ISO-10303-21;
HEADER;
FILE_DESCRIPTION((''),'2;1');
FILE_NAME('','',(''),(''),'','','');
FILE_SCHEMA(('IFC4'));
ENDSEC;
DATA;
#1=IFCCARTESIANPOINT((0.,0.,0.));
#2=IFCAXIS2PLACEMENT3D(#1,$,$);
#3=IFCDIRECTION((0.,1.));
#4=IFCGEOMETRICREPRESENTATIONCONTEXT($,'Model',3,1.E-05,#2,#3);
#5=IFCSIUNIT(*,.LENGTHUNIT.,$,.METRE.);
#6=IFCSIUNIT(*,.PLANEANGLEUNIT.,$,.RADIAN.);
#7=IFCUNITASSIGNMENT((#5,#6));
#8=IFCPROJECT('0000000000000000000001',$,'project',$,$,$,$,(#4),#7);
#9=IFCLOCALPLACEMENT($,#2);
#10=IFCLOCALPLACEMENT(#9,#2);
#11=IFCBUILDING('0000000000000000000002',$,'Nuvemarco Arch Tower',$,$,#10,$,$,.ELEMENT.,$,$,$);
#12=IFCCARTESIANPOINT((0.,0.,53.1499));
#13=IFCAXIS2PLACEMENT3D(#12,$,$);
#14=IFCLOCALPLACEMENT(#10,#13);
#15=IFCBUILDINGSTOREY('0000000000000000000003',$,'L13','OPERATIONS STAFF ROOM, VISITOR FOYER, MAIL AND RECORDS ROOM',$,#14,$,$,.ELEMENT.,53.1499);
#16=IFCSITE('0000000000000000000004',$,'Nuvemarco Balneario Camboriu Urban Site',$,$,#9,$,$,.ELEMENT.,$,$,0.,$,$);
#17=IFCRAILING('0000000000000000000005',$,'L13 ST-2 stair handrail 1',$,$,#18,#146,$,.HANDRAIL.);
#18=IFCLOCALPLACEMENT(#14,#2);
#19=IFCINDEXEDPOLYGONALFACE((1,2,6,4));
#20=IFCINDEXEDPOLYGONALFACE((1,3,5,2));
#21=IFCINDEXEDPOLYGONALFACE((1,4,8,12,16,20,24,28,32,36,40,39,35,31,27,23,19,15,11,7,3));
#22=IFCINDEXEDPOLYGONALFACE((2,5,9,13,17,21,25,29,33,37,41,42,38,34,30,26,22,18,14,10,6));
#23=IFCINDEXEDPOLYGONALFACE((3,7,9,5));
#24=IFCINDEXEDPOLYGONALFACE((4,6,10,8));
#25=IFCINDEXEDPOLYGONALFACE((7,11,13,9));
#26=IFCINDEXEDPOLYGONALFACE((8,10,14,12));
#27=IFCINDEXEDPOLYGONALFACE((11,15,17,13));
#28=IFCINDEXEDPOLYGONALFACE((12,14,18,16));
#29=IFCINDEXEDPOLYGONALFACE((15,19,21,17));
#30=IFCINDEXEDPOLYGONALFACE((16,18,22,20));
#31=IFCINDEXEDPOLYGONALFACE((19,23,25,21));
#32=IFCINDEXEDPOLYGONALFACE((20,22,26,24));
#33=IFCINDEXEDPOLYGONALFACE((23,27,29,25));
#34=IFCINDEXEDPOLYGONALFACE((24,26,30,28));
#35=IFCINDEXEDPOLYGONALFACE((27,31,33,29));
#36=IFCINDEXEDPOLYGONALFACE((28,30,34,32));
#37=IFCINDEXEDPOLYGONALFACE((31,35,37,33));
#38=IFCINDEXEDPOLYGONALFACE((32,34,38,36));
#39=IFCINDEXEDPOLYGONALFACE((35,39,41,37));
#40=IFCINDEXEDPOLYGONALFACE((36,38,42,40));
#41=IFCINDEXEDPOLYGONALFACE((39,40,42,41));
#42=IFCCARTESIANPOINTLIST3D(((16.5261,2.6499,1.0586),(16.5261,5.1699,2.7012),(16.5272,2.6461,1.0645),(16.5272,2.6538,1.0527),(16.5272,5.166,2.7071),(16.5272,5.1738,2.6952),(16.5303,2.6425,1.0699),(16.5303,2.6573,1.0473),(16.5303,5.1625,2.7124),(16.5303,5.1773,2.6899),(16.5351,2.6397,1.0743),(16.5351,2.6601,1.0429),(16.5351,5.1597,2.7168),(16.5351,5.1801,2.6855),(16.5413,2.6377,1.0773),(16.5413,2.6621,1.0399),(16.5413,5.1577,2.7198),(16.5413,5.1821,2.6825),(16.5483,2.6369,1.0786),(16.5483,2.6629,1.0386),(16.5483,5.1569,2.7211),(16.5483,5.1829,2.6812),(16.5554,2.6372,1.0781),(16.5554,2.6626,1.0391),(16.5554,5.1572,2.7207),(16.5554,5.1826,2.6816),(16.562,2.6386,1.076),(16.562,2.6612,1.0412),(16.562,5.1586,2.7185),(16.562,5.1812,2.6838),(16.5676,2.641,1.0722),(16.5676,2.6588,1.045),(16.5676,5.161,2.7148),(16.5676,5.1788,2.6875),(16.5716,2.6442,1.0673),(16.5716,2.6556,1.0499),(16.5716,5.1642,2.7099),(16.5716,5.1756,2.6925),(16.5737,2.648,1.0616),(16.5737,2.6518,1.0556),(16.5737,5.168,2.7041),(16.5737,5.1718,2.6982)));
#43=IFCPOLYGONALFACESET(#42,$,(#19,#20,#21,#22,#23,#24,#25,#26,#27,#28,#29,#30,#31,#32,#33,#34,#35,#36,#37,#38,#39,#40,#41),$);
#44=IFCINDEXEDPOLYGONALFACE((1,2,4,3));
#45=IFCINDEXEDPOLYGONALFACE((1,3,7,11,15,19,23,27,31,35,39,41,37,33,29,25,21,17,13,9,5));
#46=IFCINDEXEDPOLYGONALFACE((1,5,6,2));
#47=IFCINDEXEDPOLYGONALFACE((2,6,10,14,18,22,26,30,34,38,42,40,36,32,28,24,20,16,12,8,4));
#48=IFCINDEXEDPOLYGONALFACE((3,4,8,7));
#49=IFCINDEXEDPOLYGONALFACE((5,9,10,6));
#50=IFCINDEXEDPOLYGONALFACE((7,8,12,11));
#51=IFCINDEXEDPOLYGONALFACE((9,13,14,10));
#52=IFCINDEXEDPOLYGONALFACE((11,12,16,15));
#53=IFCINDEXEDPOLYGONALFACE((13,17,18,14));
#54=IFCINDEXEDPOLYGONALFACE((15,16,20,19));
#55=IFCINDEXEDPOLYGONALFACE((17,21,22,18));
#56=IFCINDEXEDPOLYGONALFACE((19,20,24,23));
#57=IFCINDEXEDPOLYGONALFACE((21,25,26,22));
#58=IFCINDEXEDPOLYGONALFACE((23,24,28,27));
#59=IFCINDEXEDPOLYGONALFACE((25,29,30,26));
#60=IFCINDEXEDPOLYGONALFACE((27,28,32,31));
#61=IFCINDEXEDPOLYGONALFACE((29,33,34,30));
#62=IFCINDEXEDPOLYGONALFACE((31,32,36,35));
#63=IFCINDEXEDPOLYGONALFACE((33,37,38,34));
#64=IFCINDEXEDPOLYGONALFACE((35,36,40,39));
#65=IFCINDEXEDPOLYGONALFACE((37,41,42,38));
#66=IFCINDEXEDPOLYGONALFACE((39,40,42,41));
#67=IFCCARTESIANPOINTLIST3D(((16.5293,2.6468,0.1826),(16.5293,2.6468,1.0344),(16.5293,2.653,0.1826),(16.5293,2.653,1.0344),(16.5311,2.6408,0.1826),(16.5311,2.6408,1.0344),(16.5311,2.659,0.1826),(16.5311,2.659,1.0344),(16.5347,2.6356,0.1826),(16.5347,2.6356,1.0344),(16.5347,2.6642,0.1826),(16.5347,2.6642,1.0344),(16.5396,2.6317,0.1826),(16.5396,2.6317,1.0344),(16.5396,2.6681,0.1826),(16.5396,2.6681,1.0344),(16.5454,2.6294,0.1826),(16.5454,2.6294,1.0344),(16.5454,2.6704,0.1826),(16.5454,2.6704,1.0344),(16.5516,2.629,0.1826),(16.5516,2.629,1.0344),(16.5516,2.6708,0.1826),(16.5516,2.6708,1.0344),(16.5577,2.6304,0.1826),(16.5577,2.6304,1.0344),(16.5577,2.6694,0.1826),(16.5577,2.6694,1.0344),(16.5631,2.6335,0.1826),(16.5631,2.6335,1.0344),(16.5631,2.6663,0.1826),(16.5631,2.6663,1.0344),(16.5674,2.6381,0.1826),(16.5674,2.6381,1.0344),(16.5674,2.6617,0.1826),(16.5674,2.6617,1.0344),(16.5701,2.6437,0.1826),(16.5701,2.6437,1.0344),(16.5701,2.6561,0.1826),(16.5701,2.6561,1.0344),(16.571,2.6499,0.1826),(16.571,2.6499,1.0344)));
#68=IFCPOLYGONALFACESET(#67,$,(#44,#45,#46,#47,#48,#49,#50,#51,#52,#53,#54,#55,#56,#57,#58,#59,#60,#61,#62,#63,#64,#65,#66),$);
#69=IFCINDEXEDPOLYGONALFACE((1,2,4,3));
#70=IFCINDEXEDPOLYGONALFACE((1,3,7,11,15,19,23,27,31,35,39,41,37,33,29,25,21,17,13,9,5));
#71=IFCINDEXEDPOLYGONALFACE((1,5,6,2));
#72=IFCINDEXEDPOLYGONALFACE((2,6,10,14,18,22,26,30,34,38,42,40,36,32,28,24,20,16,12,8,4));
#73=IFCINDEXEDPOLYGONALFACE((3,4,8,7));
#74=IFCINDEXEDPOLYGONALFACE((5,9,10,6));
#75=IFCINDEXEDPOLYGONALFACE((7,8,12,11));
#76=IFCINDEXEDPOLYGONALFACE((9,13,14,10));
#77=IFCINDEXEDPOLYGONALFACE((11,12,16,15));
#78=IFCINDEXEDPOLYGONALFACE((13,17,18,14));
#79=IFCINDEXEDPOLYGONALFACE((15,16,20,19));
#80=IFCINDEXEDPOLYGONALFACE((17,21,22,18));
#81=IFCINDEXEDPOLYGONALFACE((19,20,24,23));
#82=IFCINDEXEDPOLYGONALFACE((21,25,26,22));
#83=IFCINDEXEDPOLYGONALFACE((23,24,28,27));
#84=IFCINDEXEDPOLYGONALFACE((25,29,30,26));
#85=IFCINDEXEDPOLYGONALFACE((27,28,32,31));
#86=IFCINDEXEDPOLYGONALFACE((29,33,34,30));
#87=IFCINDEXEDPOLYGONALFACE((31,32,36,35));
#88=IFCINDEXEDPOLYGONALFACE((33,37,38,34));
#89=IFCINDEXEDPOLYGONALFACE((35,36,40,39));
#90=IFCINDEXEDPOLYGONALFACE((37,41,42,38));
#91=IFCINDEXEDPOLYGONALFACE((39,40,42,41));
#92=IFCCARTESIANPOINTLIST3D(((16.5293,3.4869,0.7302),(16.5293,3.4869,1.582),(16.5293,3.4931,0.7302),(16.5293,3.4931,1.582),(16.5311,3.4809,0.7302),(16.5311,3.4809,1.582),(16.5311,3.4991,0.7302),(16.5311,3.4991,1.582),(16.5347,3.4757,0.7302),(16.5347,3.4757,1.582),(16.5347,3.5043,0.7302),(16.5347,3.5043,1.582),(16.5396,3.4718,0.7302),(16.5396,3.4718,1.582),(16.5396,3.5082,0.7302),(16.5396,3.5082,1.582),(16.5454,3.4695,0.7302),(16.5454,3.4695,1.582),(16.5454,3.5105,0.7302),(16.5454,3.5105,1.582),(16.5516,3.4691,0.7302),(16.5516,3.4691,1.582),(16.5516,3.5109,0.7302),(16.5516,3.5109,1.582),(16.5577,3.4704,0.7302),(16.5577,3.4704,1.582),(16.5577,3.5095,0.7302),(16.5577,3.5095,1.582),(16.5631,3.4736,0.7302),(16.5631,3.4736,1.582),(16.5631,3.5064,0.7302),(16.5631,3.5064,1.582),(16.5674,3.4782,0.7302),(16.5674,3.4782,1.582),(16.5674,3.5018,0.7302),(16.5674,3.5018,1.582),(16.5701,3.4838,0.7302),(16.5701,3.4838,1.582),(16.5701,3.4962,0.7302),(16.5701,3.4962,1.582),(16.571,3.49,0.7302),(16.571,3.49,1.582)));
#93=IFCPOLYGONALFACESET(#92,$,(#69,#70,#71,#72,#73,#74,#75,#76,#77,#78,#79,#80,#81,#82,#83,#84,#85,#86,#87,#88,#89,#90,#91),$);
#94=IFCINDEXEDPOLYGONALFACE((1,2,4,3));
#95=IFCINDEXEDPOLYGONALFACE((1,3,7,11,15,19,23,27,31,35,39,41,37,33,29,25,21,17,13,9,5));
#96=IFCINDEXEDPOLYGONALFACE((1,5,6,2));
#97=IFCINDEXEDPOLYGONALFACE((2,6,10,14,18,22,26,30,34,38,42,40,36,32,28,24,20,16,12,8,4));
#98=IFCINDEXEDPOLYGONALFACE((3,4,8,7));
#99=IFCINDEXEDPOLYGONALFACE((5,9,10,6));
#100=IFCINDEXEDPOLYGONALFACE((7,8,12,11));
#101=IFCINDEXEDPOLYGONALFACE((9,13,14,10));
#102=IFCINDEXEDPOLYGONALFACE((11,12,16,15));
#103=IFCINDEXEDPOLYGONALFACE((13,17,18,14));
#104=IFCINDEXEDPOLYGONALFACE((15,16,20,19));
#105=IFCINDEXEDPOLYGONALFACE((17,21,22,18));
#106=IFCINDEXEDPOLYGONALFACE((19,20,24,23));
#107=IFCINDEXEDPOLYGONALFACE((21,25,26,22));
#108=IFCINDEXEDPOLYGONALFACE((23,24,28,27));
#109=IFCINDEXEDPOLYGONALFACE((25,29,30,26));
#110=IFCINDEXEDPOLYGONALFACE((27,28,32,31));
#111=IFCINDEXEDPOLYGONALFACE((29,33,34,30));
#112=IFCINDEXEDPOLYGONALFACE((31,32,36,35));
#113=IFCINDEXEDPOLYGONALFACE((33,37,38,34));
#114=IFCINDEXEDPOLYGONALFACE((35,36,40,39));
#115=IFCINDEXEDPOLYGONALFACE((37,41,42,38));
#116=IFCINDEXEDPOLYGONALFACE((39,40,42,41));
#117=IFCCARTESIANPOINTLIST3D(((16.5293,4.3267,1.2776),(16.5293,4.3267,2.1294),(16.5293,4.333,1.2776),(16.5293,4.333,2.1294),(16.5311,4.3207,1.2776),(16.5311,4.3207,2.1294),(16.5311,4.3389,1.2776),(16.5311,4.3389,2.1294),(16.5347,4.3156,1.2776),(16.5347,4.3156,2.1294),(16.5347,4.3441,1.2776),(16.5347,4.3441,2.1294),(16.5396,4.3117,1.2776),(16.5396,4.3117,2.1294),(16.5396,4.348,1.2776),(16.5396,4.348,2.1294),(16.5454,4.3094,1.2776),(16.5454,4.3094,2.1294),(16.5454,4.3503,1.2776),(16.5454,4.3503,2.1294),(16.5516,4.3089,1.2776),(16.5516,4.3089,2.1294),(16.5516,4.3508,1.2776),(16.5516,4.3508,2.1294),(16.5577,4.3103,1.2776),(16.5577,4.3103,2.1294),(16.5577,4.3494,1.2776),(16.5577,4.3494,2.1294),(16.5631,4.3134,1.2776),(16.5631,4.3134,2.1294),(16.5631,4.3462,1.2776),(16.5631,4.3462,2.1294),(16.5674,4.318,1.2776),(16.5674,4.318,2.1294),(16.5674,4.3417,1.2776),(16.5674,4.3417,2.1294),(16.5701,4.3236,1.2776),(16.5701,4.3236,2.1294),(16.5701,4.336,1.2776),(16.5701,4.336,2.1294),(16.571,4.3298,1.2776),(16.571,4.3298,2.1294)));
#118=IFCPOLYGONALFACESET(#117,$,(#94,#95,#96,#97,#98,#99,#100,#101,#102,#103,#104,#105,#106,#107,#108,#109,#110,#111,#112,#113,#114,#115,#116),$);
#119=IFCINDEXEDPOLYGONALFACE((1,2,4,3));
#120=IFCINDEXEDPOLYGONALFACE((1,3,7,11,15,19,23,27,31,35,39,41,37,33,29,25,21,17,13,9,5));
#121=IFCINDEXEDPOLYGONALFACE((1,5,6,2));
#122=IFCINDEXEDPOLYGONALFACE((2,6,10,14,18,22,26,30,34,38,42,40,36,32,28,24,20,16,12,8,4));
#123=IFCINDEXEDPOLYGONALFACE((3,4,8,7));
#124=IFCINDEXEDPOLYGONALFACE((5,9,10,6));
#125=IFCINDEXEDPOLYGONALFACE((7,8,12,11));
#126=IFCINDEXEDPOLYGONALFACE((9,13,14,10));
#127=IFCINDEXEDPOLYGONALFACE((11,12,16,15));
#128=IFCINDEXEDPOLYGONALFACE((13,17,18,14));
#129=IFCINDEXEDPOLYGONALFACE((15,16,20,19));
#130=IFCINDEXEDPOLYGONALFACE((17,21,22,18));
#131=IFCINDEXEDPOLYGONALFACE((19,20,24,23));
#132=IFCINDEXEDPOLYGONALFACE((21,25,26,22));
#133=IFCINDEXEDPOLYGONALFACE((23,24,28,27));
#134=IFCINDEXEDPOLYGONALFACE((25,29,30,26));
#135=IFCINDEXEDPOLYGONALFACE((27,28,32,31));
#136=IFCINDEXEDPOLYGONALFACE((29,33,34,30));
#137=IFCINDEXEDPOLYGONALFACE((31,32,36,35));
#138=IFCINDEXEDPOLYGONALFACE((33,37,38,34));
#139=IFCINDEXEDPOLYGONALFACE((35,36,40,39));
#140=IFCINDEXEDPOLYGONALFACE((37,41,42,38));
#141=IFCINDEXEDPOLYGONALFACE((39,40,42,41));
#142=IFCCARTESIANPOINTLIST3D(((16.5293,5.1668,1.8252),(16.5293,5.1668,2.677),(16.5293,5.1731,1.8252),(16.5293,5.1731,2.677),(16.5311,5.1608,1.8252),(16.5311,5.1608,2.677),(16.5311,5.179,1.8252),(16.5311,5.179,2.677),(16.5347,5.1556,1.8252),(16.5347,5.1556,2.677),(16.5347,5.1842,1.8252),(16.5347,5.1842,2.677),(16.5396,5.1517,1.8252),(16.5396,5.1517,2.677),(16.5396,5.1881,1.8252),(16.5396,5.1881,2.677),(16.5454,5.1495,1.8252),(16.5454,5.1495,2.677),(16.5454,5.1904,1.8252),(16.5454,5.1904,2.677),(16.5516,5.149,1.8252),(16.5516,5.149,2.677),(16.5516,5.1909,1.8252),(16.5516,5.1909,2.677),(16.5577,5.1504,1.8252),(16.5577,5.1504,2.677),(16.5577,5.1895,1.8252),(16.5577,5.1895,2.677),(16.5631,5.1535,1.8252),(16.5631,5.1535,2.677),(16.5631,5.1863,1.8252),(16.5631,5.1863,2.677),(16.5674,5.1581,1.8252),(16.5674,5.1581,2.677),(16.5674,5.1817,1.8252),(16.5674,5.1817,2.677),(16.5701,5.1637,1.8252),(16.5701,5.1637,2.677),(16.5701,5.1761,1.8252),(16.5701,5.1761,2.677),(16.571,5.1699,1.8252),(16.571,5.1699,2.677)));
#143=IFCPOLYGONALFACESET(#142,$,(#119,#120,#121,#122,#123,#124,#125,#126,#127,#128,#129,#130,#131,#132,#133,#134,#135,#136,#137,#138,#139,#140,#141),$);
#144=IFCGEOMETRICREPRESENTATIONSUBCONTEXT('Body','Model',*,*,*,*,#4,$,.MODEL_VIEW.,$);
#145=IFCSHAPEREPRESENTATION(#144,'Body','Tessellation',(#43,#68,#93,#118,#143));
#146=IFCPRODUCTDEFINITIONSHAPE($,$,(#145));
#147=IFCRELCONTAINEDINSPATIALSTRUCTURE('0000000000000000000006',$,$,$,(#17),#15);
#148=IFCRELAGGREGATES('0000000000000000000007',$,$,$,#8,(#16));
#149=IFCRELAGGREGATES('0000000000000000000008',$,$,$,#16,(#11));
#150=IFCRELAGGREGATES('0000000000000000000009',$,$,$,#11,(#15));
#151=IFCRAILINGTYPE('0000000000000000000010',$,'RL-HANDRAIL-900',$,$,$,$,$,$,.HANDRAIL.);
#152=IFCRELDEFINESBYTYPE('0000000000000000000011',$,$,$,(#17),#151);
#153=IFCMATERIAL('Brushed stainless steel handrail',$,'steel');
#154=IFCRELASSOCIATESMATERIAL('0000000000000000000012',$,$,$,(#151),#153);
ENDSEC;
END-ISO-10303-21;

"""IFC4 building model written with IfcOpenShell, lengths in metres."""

from ifc_helpers import new_model, si_unit, direction, frame, origin, origin_2d, place, context, subcontext, project, spatial, circle, extrude, material, type_object, element, save


model = new_model("IFC4")

# Units and contexts
model_context = context("Model", 3, precision=1e-05, world=origin(), true_north=direction((0.0, 1.0)))
body_context = subcontext(model_context, "Body", "Model", "MODEL_VIEW")
ifc_project = project(units=[si_unit("LENGTHUNIT", "METRE"), si_unit("PLANEANGLEUNIT", "RADIAN")], contexts=[model_context])

# Site, building, storey
site_placement = place(None, origin())
site = spatial("IfcSite", under=ifc_project, at=site_placement, Name="Nuvemarco Balneario Camboriu Urban Site", CompositionType="ELEMENT", RefElevation=0.0)
building_placement = place(site_placement, origin())
building = spatial("IfcBuilding", under=site, at=building_placement, Name="Nuvemarco Arch Tower", CompositionType="ELEMENT")
storey_placement = place(building_placement, frame((0.0, 0.0, 53.1499)))
storey = spatial("IfcBuildingStorey", under=building, at=storey_placement, Name="L13", Description="OPERATIONS STAFF ROOM, VISITOR FOYER, MAIL AND RECORDS ROOM", CompositionType="ELEMENT", Elevation=53.1499)

# Railing
ifc_material_1 = material(Name="Brushed stainless steel handrail", Category="steel")
railing_type_1 = type_object("IfcRailingType", Name="RL-HANDRAIL-900", PredefinedType="HANDRAIL", material=ifc_material_1)
railing_1_placement = place(storey_placement, frame((16.55, 2.6499, 0.1826)))
element("IfcRailing", 1, at=railing_1_placement, inside=storey, type_object=railing_type_1, Name="L13 ST-2 stair handrail 1", PredefinedType="HANDRAIL", context=body_context, shape_type="SweptSolid", body=[
    extrude(circle(Radius=0.0239, at=origin_2d()), frame((0.0, 0.0, 0.876), z_axis=(0.0, 0.837749, 0.546055), x_axis=(-1.0, 0.0, 0.0)), (0.0, 0.0, 1.0), 3.0081),
    extrude(circle(Radius=0.021, at=origin_2d()), origin(), (0.0, 0.0, 1.0), 0.8518),
    extrude(circle(Radius=0.021, at=origin_2d()), frame((0.0, 0.8401, 0.5476)), (0.0, 0.0, 1.0), 0.8518),
    extrude(circle(Radius=0.021, at=origin_2d()), frame((0.0, 1.6799, 1.095)), (0.0, 0.0, 1.0), 0.8518),
    extrude(circle(Radius=0.021, at=origin_2d()), frame((0.0, 2.52, 1.6426)), (0.0, 0.0, 1.0), 0.8518),
])

save(model, "model.ifc")
